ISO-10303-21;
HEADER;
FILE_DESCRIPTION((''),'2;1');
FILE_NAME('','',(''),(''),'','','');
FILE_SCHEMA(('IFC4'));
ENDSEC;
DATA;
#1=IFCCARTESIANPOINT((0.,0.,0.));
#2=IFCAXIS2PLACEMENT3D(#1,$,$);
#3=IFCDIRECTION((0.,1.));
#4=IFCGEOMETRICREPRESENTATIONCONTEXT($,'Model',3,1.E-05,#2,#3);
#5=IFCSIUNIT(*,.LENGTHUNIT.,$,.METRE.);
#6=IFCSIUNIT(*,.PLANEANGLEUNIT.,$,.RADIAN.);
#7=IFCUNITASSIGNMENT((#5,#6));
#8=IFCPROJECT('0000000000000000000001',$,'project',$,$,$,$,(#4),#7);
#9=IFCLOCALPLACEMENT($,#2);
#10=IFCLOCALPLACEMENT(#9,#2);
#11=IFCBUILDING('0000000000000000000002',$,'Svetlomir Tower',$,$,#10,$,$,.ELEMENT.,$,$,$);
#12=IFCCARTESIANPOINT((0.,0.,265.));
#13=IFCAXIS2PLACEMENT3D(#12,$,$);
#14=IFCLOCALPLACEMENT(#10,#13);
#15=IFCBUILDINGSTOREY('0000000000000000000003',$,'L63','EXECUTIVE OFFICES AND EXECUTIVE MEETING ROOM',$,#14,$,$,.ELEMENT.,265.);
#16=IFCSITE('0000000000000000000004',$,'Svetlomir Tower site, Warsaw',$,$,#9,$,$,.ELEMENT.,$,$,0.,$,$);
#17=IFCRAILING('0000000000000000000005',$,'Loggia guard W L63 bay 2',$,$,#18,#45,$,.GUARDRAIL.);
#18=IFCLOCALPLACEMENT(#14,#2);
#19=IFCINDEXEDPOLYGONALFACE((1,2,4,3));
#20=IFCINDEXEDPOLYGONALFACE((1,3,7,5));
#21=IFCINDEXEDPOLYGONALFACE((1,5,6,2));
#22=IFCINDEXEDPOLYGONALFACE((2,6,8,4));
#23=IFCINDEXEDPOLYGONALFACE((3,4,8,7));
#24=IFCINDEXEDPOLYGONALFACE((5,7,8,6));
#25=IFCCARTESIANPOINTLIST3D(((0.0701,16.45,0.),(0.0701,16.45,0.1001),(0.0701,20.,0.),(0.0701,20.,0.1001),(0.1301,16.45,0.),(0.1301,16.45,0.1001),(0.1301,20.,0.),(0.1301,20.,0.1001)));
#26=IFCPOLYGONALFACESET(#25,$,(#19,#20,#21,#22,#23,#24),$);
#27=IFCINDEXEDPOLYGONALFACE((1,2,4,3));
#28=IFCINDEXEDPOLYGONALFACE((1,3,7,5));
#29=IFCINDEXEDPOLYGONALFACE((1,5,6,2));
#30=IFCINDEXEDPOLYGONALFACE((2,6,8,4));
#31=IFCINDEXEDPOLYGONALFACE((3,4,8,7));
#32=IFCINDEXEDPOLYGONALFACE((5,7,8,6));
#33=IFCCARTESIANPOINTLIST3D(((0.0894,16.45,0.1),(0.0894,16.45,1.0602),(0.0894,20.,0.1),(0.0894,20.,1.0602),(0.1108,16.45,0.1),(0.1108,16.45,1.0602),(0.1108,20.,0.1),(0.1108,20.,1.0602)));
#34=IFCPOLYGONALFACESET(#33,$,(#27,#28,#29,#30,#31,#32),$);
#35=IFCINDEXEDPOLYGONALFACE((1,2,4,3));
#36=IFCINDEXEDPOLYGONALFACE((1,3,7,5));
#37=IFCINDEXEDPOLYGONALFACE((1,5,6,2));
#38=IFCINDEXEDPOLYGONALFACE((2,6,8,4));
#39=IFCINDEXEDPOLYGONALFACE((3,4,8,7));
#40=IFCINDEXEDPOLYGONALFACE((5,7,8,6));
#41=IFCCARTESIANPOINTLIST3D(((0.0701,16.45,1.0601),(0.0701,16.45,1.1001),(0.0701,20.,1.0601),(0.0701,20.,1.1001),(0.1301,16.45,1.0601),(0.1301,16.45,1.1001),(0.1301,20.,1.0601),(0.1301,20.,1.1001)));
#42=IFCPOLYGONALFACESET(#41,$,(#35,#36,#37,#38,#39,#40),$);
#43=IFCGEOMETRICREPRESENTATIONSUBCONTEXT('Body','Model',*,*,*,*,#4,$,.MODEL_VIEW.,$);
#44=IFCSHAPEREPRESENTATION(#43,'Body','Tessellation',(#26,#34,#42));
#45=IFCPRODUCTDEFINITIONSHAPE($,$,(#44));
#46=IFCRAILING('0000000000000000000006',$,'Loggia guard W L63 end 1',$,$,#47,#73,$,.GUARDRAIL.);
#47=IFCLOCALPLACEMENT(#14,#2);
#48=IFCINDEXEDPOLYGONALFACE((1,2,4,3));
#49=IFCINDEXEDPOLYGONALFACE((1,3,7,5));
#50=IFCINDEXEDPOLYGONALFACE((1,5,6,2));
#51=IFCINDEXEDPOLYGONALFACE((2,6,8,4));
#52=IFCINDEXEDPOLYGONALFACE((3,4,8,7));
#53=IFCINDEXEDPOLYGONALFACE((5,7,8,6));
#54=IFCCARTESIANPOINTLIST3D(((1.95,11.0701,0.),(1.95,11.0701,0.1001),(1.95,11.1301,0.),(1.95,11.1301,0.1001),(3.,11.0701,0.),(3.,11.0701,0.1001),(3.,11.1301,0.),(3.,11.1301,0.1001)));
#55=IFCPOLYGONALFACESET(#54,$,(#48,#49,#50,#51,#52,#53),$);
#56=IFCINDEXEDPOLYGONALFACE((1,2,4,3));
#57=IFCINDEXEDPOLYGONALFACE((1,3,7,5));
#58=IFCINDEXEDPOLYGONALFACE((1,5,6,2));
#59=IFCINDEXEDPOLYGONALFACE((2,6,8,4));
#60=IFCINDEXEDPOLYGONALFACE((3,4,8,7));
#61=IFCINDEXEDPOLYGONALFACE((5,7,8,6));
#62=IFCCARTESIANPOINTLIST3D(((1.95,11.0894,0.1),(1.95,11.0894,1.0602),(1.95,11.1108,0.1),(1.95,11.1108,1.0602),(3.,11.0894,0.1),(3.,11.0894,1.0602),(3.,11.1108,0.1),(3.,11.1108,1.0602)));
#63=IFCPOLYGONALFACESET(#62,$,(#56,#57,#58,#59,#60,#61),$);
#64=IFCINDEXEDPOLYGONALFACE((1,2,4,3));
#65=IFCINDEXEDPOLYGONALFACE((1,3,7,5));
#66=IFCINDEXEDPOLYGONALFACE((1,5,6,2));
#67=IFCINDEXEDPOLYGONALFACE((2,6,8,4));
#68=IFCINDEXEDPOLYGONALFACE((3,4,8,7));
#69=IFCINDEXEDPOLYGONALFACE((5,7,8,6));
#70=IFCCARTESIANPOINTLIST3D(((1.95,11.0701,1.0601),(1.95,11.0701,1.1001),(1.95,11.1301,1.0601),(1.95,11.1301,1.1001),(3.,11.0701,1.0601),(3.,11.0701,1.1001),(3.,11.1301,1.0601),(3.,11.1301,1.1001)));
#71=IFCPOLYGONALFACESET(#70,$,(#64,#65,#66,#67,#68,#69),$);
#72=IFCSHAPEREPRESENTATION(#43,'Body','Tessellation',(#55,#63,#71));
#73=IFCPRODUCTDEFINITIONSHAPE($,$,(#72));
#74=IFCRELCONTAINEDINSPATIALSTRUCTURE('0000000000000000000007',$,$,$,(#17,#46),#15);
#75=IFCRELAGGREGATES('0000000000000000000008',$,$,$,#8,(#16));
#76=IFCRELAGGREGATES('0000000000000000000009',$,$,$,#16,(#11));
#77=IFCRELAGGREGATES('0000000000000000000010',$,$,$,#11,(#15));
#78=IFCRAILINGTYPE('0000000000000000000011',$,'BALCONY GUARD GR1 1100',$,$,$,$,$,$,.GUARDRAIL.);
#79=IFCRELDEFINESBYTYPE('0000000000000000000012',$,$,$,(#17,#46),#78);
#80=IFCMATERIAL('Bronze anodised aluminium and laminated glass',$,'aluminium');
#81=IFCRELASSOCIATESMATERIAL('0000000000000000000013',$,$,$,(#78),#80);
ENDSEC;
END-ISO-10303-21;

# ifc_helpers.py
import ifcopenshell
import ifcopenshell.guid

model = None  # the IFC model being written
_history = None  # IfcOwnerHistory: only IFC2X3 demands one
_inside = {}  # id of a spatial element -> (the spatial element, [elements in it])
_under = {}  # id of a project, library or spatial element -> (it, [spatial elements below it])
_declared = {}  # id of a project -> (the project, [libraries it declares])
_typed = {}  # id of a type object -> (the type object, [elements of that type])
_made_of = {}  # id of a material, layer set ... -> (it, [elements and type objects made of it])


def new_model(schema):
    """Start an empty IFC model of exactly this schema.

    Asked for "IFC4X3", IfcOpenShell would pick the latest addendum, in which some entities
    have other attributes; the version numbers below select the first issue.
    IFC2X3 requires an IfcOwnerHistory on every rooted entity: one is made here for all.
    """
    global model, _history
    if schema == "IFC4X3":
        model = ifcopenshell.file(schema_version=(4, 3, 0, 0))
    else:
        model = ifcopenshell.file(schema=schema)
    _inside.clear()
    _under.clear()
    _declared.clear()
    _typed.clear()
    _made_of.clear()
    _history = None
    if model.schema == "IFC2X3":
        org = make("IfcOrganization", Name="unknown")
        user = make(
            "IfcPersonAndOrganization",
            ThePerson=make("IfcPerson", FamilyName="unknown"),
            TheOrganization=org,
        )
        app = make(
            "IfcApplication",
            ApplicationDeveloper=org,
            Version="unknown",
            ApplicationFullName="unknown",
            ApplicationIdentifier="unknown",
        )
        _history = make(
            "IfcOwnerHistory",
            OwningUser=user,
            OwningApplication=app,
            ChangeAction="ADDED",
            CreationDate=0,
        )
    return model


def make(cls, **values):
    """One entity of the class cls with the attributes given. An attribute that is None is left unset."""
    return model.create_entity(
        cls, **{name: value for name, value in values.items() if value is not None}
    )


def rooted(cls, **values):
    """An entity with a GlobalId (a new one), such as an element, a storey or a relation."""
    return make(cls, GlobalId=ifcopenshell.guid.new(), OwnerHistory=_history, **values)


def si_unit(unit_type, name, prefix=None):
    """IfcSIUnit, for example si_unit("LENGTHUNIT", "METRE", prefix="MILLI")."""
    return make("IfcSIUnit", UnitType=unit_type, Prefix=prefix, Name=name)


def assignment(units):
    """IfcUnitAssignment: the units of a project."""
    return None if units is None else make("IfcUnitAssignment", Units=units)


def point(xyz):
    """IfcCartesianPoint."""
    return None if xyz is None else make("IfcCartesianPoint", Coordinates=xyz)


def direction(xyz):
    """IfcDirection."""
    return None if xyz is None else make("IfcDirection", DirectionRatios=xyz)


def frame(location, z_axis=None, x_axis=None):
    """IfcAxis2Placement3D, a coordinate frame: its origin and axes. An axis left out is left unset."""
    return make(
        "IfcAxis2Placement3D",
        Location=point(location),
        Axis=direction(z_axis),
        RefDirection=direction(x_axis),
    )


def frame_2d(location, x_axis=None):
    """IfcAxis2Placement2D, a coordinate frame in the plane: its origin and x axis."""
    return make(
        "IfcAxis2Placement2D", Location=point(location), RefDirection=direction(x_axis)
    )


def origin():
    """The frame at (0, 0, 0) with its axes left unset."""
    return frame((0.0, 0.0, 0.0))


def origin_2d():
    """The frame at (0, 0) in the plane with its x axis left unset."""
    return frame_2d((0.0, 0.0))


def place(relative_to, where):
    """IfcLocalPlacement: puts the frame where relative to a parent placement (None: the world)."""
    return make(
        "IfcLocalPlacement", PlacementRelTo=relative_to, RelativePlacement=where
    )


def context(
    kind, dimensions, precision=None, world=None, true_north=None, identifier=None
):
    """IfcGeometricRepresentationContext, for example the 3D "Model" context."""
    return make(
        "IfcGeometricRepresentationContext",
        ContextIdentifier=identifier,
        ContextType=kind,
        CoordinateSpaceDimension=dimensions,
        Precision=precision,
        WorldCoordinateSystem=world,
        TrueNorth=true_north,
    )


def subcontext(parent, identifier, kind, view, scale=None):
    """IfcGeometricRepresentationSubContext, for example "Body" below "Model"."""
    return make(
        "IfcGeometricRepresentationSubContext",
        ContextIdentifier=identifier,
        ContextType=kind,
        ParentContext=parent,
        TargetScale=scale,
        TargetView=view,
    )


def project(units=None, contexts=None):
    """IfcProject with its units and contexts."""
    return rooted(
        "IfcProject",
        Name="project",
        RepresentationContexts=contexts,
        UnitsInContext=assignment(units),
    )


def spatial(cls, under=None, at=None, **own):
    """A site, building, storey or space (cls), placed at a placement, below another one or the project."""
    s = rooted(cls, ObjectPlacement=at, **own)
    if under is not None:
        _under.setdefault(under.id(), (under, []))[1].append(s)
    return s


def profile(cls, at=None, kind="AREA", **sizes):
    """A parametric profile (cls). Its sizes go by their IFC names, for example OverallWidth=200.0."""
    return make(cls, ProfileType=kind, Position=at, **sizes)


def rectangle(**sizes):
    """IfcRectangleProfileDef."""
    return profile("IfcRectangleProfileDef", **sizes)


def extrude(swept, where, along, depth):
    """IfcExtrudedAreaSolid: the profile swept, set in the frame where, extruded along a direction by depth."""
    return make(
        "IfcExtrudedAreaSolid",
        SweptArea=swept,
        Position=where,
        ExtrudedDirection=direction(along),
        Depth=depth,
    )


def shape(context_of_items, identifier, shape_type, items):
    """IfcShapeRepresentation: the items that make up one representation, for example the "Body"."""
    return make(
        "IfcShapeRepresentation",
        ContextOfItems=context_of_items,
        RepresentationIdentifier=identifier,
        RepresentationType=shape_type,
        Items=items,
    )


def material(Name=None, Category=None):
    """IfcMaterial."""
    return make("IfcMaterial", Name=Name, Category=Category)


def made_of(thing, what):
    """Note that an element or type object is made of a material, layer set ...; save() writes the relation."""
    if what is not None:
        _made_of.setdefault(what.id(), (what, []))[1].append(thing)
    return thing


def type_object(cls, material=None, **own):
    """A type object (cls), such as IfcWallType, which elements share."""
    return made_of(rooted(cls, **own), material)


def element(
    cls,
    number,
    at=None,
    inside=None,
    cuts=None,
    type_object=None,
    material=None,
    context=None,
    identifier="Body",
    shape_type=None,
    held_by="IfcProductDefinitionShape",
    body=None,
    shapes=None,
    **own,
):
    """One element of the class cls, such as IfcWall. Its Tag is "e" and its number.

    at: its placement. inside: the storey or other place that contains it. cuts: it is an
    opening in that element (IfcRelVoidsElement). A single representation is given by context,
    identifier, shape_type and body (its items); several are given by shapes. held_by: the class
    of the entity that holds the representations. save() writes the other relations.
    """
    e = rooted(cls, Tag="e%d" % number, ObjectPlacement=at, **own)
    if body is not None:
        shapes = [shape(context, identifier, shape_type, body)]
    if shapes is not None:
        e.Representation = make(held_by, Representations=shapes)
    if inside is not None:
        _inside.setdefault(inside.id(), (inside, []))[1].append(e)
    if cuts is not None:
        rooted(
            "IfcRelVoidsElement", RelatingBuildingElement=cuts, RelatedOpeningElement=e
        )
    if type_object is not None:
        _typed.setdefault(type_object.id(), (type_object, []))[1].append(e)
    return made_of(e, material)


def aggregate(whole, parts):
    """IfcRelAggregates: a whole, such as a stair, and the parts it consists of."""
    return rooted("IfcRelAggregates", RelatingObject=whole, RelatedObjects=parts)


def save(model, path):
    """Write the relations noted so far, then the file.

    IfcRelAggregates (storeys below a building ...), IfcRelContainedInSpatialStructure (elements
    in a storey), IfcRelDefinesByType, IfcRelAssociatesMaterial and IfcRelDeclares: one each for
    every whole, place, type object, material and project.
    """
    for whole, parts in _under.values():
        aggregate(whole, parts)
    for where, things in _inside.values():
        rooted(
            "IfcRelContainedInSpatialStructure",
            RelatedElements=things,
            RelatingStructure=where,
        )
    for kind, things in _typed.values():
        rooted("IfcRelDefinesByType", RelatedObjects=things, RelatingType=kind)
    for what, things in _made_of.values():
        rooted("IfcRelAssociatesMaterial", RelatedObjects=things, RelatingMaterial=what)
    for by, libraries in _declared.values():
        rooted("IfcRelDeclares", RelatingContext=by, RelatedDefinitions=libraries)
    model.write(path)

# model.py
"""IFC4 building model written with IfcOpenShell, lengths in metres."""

from ifc_helpers import new_model, si_unit, direction, frame, origin, origin_2d, place, context, subcontext, project, spatial, rectangle, extrude, material, type_object, element, save


model = new_model("IFC4")

# Units and contexts
model_context = context("Model", 3, precision=1e-05, world=origin(), true_north=direction((0.0, 1.0)))
body_context = subcontext(model_context, "Body", "Model", "MODEL_VIEW")
ifc_project = project(units=[si_unit("LENGTHUNIT", "METRE"), si_unit("PLANEANGLEUNIT", "RADIAN")], contexts=[model_context])

# Site, building, storey
site_placement = place(None, origin())
site = spatial("IfcSite", under=ifc_project, at=site_placement, Name="Svetlomir Tower site, Warsaw", CompositionType="ELEMENT", RefElevation=0.0)
building_placement = place(site_placement, origin())
building = spatial("IfcBuilding", under=site, at=building_placement, Name="Svetlomir Tower", CompositionType="ELEMENT")
storey_placement = place(building_placement, frame((0.0, 0.0, 265.0)))
storey = spatial("IfcBuildingStorey", under=building, at=storey_placement, Name="L63", Description="EXECUTIVE OFFICES AND EXECUTIVE MEETING ROOM", CompositionType="ELEMENT", Elevation=265.0)

# Railings
ifc_material_1 = material(Name="Bronze anodised aluminium and laminated glass", Category="aluminium")
railing_type = type_object("IfcRailingType", Name="BALCONY GUARD GR1 1100", PredefinedType="GUARDRAIL", material=ifc_material_1)
for number, where, name in (
    (1, (0.1001, 16.45, 0.0), "Loggia guard W L63 bay 2"),
):
    element("IfcRailing", number, at=place(storey_placement, frame(where)), inside=storey, type_object=railing_type, Name=name, PredefinedType="GUARDRAIL", context=body_context, shape_type="SweptSolid", body=[
        extrude(rectangle(XDim=0.0601, YDim=0.1001, at=origin_2d()), frame((0.0, 0.0, 0.05), z_axis=(0.0, 1.0, 0.0), x_axis=(-1.0, 0.0, 0.0)), (0.0, 0.0, 1.0), 3.55),
        extrude(rectangle(XDim=0.0215, YDim=0.9602, at=origin_2d()), frame((0.0, 0.0, 0.5801), z_axis=(0.0, 1.0, 0.0), x_axis=(-1.0, 0.0, 0.0)), (0.0, 0.0, 1.0), 3.55),
        extrude(rectangle(XDim=0.0601, YDim=0.04, at=origin_2d()), frame((0.0, 0.0, 1.0801), z_axis=(0.0, 1.0, 0.0), x_axis=(-1.0, 0.0, 0.0)), (0.0, 0.0, 1.0), 3.55),
    ])
railing_placement = place(storey_placement, frame((1.95, 11.1001, 0.0)))
element("IfcRailing", 2, at=railing_placement, inside=storey, type_object=railing_type, Name="Loggia guard W L63 end 1", PredefinedType="GUARDRAIL", context=body_context, shape_type="SweptSolid", body=[
    extrude(rectangle(XDim=0.0601, YDim=0.1001, at=origin_2d()), frame((0.0, 0.0, 0.05), z_axis=(1.0, 0.0, 0.0), x_axis=(0.0, 1.0, 0.0)), (0.0, 0.0, 1.0), 1.05),
    extrude(rectangle(XDim=0.0215, YDim=0.9602, at=origin_2d()), frame((0.0, 0.0, 0.5801), z_axis=(1.0, 0.0, 0.0), x_axis=(0.0, 1.0, 0.0)), (0.0, 0.0, 1.0), 1.05),
    extrude(rectangle(XDim=0.0601, YDim=0.04, at=origin_2d()), frame((0.0, 0.0, 1.0801), z_axis=(1.0, 0.0, 0.0), x_axis=(0.0, 1.0, 0.0)), (0.0, 0.0, 1.0), 1.05),
])

save(model, "model.ifc")
